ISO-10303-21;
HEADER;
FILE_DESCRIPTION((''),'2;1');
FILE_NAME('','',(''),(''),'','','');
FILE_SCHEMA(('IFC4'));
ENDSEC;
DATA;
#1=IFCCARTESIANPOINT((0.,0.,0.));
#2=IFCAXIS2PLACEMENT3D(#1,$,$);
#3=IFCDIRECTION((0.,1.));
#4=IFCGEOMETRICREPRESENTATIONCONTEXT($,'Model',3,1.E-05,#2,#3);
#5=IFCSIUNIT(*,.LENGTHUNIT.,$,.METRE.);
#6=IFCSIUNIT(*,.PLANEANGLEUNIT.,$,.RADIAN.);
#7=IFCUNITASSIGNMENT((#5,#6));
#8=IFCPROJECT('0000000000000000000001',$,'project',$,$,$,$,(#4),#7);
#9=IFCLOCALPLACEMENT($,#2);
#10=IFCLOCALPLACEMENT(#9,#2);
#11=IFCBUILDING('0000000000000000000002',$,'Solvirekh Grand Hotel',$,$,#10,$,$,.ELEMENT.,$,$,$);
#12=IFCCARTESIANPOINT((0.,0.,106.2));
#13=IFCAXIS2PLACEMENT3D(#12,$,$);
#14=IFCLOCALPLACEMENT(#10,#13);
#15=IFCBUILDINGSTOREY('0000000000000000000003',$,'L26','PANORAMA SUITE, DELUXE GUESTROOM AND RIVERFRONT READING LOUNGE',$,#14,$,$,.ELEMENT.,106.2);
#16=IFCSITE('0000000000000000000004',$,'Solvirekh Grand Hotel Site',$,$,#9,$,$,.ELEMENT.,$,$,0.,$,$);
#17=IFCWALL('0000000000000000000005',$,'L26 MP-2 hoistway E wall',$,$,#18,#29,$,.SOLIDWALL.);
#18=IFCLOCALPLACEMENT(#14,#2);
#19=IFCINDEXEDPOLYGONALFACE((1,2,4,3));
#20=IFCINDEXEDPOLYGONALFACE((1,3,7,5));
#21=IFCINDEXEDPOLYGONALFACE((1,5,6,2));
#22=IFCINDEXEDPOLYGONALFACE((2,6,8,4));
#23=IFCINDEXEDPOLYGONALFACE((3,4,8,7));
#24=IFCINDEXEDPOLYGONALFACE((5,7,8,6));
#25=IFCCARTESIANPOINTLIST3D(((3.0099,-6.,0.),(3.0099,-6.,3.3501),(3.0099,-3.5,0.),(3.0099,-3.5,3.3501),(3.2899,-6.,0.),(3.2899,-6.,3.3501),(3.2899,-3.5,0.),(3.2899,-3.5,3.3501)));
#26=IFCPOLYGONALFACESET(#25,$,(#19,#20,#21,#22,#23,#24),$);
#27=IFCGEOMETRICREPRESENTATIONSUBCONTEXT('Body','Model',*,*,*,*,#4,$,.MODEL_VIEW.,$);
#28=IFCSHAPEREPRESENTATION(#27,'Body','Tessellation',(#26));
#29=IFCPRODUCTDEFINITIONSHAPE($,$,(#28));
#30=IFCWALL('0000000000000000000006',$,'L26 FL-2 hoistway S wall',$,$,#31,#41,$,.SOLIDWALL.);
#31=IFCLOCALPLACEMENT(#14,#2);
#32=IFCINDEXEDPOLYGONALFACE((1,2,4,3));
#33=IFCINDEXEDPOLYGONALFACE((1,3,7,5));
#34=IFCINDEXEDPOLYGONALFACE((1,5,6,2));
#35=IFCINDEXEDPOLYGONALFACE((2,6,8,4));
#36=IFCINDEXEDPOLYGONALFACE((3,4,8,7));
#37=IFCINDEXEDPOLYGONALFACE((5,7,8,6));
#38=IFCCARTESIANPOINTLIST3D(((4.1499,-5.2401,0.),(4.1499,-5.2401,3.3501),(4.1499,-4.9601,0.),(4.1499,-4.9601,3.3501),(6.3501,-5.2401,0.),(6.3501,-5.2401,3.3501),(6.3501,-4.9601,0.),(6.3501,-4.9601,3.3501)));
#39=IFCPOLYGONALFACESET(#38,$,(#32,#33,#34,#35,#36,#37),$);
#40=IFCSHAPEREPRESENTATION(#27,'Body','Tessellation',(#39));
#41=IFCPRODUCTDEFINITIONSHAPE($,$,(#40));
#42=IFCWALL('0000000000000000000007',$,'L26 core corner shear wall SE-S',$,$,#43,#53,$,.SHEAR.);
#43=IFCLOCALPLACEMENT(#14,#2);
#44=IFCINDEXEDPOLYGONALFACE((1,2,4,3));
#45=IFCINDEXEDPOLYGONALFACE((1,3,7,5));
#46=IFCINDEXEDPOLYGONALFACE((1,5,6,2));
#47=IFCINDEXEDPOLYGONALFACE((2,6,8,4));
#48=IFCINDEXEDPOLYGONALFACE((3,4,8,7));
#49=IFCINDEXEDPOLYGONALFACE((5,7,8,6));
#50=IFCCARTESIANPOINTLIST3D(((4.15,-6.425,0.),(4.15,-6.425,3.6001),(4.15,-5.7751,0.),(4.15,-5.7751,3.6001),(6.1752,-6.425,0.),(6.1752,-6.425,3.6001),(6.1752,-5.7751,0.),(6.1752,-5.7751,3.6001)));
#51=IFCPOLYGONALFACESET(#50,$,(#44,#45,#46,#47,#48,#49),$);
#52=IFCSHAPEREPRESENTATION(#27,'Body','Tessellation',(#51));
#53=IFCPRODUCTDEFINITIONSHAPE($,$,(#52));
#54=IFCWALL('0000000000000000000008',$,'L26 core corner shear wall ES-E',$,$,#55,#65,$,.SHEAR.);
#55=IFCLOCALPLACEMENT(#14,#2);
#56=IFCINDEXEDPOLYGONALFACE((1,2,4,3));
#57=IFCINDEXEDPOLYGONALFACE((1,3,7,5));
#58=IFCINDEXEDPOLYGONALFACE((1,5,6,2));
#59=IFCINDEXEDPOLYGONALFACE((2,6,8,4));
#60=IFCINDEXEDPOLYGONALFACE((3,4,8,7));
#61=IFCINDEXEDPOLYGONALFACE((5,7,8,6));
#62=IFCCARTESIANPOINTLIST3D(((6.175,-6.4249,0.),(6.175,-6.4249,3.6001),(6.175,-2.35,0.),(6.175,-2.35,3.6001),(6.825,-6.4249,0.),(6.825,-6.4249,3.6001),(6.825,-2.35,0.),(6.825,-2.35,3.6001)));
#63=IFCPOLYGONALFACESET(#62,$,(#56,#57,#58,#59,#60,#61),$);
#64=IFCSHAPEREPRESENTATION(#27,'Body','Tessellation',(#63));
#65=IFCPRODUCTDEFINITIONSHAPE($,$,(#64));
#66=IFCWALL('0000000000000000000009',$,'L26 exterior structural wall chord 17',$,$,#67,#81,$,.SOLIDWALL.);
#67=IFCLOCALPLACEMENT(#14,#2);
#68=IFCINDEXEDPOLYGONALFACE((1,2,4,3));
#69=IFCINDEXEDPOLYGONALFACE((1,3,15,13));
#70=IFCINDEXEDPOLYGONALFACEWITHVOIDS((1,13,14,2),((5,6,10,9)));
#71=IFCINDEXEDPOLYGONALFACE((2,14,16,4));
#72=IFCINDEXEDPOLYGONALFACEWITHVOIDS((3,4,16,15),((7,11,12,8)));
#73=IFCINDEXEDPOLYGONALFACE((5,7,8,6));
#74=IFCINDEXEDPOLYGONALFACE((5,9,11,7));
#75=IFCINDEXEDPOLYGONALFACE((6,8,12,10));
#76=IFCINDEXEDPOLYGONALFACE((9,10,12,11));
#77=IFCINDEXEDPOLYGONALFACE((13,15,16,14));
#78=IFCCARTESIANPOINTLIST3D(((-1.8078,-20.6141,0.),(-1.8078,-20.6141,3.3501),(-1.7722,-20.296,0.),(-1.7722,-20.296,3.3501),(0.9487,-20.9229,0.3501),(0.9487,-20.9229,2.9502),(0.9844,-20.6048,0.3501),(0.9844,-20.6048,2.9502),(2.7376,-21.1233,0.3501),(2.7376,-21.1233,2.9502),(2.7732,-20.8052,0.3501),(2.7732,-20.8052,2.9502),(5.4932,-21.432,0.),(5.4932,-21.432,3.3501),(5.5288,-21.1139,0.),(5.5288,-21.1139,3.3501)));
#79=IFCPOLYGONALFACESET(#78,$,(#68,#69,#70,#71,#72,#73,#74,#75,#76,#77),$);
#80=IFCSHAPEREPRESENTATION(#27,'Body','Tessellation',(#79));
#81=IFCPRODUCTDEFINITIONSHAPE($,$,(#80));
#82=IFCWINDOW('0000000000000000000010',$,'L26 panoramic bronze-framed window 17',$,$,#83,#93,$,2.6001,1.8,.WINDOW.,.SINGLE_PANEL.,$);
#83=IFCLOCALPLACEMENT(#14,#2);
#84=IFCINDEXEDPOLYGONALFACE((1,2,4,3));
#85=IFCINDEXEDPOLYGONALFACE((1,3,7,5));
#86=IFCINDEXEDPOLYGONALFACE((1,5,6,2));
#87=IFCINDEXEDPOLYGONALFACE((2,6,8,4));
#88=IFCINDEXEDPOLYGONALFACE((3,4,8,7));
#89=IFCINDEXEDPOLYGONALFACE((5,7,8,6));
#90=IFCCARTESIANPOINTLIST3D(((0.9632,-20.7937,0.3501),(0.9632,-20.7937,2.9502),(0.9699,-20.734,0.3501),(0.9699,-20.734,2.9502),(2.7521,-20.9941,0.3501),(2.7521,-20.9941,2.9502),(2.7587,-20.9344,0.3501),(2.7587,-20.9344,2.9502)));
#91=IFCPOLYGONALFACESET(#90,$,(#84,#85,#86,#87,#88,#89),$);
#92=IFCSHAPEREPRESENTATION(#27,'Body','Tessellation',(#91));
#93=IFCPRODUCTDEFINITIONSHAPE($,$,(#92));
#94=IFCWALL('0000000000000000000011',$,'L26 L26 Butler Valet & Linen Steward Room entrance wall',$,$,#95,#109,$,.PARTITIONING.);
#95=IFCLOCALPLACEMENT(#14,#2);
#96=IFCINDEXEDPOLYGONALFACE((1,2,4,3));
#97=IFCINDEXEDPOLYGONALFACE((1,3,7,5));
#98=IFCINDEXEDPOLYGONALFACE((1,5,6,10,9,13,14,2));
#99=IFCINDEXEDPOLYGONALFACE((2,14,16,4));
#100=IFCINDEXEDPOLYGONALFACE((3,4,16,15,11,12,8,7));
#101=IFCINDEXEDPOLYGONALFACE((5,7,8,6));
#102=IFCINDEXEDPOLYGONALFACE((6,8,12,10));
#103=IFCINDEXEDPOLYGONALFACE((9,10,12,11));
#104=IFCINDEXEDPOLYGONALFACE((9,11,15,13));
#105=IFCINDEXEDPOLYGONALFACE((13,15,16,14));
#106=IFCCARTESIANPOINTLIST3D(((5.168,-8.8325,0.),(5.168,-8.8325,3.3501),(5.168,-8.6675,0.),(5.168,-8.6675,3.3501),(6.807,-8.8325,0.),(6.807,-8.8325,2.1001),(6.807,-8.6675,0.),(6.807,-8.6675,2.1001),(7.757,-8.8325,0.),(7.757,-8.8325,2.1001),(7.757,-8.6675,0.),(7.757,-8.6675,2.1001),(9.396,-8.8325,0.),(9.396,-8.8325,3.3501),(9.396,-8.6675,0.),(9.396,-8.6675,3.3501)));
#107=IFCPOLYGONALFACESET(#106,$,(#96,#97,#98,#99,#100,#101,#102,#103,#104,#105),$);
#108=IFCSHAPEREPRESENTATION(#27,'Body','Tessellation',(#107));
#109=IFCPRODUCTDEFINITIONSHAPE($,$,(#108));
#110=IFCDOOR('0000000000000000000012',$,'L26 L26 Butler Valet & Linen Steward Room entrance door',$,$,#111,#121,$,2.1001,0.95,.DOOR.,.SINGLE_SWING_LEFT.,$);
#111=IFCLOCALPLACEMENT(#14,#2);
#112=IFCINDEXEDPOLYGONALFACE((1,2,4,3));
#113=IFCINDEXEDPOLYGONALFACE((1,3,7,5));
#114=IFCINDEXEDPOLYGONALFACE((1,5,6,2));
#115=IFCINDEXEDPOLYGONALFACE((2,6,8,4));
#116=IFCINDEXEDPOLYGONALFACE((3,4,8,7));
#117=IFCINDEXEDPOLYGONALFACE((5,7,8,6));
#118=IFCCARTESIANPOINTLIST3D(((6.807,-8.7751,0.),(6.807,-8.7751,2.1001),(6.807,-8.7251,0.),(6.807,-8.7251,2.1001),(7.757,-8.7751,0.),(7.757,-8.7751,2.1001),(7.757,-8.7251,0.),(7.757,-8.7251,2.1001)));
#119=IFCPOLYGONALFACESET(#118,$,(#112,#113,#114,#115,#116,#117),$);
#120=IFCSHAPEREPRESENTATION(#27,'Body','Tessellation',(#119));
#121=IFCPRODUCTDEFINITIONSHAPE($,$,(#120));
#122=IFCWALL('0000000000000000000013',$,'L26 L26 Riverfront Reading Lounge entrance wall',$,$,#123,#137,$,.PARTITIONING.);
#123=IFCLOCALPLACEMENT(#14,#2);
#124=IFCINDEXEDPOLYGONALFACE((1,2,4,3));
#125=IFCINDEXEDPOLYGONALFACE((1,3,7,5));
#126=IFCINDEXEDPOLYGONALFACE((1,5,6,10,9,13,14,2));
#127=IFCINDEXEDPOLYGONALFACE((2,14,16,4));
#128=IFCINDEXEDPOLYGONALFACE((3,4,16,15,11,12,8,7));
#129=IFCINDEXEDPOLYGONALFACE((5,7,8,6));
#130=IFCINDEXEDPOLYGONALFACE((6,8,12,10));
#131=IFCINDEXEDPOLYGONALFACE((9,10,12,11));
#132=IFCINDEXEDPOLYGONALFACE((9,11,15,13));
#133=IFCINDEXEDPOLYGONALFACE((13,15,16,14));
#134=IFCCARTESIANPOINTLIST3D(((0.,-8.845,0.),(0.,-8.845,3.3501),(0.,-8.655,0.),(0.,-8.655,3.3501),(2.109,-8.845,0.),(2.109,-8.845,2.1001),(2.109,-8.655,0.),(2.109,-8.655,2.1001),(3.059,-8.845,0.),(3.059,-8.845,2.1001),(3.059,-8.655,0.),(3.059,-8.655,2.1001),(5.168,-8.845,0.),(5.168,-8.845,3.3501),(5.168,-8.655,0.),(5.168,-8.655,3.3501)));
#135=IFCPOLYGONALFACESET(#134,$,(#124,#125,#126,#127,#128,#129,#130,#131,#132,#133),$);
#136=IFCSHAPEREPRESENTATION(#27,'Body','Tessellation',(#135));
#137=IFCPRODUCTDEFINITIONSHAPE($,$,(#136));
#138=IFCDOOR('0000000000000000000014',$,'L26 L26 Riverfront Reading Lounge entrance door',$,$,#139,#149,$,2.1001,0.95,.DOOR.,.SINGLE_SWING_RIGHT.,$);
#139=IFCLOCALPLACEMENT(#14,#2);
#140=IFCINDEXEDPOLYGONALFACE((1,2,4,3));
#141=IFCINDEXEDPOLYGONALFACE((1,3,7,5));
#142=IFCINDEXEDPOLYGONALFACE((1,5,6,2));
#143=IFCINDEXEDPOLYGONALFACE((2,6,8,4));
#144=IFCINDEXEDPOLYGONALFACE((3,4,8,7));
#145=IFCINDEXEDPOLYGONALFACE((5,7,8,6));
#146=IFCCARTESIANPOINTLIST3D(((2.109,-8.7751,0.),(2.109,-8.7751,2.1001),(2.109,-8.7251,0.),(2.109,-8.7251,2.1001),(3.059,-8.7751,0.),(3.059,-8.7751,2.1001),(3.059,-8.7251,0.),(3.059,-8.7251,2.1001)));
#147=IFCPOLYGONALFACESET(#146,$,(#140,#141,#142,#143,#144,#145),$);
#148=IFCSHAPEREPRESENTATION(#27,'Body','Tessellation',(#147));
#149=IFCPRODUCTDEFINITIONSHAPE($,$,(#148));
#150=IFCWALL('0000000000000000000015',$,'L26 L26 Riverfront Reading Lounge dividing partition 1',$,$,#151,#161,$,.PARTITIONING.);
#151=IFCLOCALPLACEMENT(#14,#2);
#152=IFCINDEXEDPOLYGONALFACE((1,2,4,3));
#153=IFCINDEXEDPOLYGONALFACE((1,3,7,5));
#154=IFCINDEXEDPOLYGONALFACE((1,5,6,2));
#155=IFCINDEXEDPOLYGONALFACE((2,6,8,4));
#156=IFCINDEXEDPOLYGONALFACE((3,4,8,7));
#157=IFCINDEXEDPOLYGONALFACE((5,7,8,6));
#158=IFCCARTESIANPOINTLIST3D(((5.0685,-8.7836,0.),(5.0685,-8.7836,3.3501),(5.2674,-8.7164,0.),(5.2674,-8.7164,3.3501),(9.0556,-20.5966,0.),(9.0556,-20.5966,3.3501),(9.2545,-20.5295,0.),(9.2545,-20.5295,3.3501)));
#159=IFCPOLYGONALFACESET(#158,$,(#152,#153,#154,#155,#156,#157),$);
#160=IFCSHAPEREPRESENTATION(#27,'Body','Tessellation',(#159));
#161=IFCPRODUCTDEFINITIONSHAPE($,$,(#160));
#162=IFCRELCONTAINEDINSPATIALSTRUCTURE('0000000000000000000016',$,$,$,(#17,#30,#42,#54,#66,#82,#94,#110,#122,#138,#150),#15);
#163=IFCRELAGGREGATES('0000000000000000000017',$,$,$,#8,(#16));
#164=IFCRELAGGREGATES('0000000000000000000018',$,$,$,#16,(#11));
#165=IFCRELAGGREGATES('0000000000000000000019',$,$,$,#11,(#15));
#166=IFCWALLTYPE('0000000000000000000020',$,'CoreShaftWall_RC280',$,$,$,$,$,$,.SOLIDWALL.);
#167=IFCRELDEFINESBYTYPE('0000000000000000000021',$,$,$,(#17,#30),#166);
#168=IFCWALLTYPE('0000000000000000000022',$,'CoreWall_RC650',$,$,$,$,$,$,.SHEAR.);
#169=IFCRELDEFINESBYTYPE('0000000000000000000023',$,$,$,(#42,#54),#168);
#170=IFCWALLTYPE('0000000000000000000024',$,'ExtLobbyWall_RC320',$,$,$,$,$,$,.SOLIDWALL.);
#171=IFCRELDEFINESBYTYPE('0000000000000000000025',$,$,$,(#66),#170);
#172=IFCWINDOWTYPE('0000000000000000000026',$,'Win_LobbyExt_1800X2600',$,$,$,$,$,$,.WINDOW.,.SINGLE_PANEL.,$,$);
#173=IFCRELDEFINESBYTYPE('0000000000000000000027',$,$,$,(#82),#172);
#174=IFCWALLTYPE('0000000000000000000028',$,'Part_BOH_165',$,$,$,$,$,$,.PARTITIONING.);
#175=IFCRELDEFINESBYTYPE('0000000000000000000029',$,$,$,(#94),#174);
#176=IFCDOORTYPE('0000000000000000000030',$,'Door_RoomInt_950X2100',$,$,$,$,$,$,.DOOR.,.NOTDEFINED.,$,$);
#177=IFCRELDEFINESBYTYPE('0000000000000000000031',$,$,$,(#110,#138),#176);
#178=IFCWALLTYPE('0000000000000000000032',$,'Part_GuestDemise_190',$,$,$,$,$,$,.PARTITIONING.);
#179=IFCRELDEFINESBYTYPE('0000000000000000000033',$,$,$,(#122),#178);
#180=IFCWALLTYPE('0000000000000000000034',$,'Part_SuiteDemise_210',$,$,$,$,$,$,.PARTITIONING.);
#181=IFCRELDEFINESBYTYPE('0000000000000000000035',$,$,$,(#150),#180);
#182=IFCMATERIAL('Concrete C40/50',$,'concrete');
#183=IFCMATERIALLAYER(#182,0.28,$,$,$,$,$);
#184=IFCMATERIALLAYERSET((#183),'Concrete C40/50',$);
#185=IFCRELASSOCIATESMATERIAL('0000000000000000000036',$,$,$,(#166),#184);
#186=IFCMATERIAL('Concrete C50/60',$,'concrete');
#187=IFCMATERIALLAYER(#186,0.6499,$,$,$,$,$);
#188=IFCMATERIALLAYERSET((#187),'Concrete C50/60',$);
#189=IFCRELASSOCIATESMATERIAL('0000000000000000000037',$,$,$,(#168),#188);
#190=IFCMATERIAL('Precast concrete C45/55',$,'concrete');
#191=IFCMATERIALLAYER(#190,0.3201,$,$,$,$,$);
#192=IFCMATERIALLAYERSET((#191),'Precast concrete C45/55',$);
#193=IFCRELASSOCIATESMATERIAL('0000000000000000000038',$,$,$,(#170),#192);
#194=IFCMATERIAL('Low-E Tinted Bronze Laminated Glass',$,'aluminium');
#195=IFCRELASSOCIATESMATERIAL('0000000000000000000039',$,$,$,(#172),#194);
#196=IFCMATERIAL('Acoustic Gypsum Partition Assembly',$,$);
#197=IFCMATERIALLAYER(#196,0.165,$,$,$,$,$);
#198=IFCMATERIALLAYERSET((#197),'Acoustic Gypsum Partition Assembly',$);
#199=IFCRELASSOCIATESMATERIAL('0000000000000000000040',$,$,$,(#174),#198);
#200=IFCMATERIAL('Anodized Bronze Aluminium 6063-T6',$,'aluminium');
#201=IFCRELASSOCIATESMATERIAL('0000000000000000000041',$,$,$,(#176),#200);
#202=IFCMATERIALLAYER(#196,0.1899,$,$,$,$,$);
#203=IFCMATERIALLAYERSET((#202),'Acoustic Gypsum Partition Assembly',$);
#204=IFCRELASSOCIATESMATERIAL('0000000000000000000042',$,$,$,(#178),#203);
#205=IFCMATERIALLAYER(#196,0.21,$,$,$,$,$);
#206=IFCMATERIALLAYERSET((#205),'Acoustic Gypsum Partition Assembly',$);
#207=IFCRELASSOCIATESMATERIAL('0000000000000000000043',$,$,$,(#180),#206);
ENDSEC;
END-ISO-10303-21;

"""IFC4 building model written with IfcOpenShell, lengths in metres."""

from ifc_helpers import new_model, si_unit, direction, frame, frame_2d, origin, place, context, subcontext, project, spatial, rectangle, extrude, material, layer, layer_set, type_object, element, fill, save


model = new_model("IFC4")

# Units and contexts
model_context = context("Model", 3, precision=1e-05, world=origin(), true_north=direction((0.0, 1.0)))
body_context = subcontext(model_context, "Body", "Model", "MODEL_VIEW")
ifc_project = project(units=[si_unit("LENGTHUNIT", "METRE"), si_unit("PLANEANGLEUNIT", "RADIAN")], contexts=[model_context])

# Site, building, storey
site_placement = place(None, origin())
site = spatial("IfcSite", under=ifc_project, at=site_placement, Name="Solvirekh Grand Hotel Site", CompositionType="ELEMENT", RefElevation=0.0)
building_placement = place(site_placement, origin())
building = spatial("IfcBuilding", under=site, at=building_placement, Name="Solvirekh Grand Hotel", CompositionType="ELEMENT")
storey_placement = place(building_placement, frame((0.0, 0.0, 106.2)))
storey = spatial("IfcBuildingStorey", under=building, at=storey_placement, Name="L26", Description="PANORAMA SUITE, DELUXE GUESTROOM AND RIVERFRONT READING LOUNGE", CompositionType="ELEMENT", Elevation=106.2)

# Shared definitions
ifc_material_1 = material(Name="Concrete C50/60", Category="concrete")

# Shared definitions
ifc_material_2 = material(Name="Anodized Bronze Aluminium 6063-T6", Category="aluminium")

# Shared definitions
ifc_material_3 = material(Name="Concrete C40/50", Category="concrete")
ifc_layer_1 = layer(ifc_material_3, 0.28)
ifc_layer_set_1 = layer_set([ifc_layer_1], Name="Concrete C40/50")
wall_type_1 = type_object("IfcWallType", Name="CoreShaftWall_RC280", PredefinedType="SOLIDWALL", material=ifc_layer_set_1)

# Walls
wall_1_placement = place(storey_placement, frame((3.1499, -6.0, 0.0), z_axis=(0.0, 0.0, 1.0), x_axis=(0.0, 1.0, 0.0)))
element("IfcWall", 1, at=wall_1_placement, inside=storey, type_object=wall_type_1, Name="L26 MP-2 hoistway E wall", PredefinedType="SOLIDWALL", context=body_context, shape_type="SweptSolid", body=[
    extrude(rectangle(XDim=2.5, YDim=0.28, at=frame_2d((1.25, 0.0))), origin(), (0.0, 0.0, 1.0), 3.3501),
])
wall_2_placement = place(storey_placement, frame((4.1499, -5.1001, 0.0), z_axis=(0.0, 0.0, 1.0), x_axis=(1.0, 0.0, 0.0)))
element("IfcWall", 2, at=wall_2_placement, inside=storey, type_object=wall_type_1, Name="L26 FL-2 hoistway S wall", PredefinedType="SOLIDWALL", context=body_context, shape_type="SweptSolid", body=[
    extrude(rectangle(XDim=2.2002, YDim=0.28, at=frame_2d((1.1001, 0.0))), origin(), (0.0, 0.0, 1.0), 3.3501),
])
ifc_layer_2 = layer(ifc_material_1, 0.6499)
ifc_layer_set_2 = layer_set([ifc_layer_2], Name="Concrete C50/60")
wall_type_2 = type_object("IfcWallType", Name="CoreWall_RC650", PredefinedType="SHEAR", material=ifc_layer_set_2)
wall_3_placement = place(storey_placement, frame((4.1499, -6.1001, 0.0), z_axis=(0.0, 0.0, 1.0), x_axis=(1.0, 0.0, 0.0)))
element("IfcWall", 3, at=wall_3_placement, inside=storey, type_object=wall_type_2, Name="L26 core corner shear wall SE-S", PredefinedType="SHEAR", context=body_context, shape_type="SweptSolid", body=[
    extrude(rectangle(XDim=2.0251, YDim=0.6499, at=frame_2d((1.0127, 0.0))), origin(), (0.0, 0.0, 1.0), 3.6001),
])
wall_4_placement = place(storey_placement, frame((6.5, -6.425, 0.0), z_axis=(0.0, 0.0, 1.0), x_axis=(0.0, 1.0, 0.0)))
element("IfcWall", 4, at=wall_4_placement, inside=storey, type_object=wall_type_2, Name="L26 core corner shear wall ES-E", PredefinedType="SHEAR", context=body_context, shape_type="SweptSolid", body=[
    extrude(rectangle(XDim=4.075, YDim=0.6499, at=frame_2d((2.0376, 0.0))), origin(), (0.0, 0.0, 1.0), 3.6001),
])

# Wall, opening, window
ifc_material_4 = material(Name="Precast concrete C45/55", Category="concrete")
ifc_layer_3 = layer(ifc_material_4, 0.3201)
ifc_layer_set_3 = layer_set([ifc_layer_3], Name="Precast concrete C45/55")
wall_type_3 = type_object("IfcWallType", Name="ExtLobbyWall_RC320", PredefinedType="SOLIDWALL", material=ifc_layer_set_3)
wall_5_placement = place(storey_placement, frame((5.511, -21.2729, 0.0), z_axis=(0.0, 0.0, 1.0), x_axis=(-0.993784, 0.111325, 0.0)))
wall_5 = element("IfcWall", 5, at=wall_5_placement, inside=storey, type_object=wall_type_3, Name="L26 exterior structural wall chord 17", PredefinedType="SOLIDWALL", context=body_context, shape_type="SweptSolid", body=[
    extrude(rectangle(XDim=7.3467, YDim=0.3201, at=frame_2d((3.6733, 0.0))), origin(), (0.0, 0.0, 1.0), 3.3501),
])
opening_1_placement = place(wall_5_placement, frame((2.7729, 0.0, 0.3501)))
opening_1 = element("IfcOpeningElement", 6, at=opening_1_placement, cuts=wall_5, PredefinedType="OPENING", context=body_context, shape_type="SweptSolid", body=[
    extrude(rectangle(XDim=1.8, YDim=2.6001, at=frame_2d((0.8999, 1.3))), frame((0.0, 0.1699, 0.0), z_axis=(0.0, -1.0, 0.0), x_axis=(1.0, 0.0, 0.0)), (0.0, 0.0, 1.0), 0.3401),
])
ifc_material_5 = material(Name="Low-E Tinted Bronze Laminated Glass", Category="aluminium")
window_type = type_object("IfcWindowType", Name="Win_LobbyExt_1800X2600", PartitioningType="SINGLE_PANEL", PredefinedType="WINDOW", material=ifc_material_5)
window_placement = place(opening_1_placement, origin())
window = element("IfcWindow", 7, at=window_placement, inside=storey, type_object=window_type, Name="L26 panoramic bronze-framed window 17", OverallHeight=2.6001, OverallWidth=1.8, PartitioningType="SINGLE_PANEL", PredefinedType="WINDOW", context=body_context, shape_type="SweptSolid", body=[
    extrude(rectangle(XDim=1.8, YDim=2.6001, at=frame_2d((0.8999, 1.3))), frame((0.0, 0.03, 0.0), z_axis=(0.0, -1.0, 0.0), x_axis=(1.0, 0.0, 0.0)), (0.0, 0.0, 1.0), 0.0601),
])
fill(opening_1, window)

# Walls, openings, doors
ifc_material_6 = material(Name="Acoustic Gypsum Partition Assembly")
ifc_layer_4 = layer(ifc_material_6, 0.165)
ifc_layer_set_4 = layer_set([ifc_layer_4], Name="Acoustic Gypsum Partition Assembly")
wall_type_4 = type_object("IfcWallType", Name="Part_BOH_165", PredefinedType="PARTITIONING", material=ifc_layer_set_4)
wall_6_placement = place(storey_placement, frame((5.168, -8.75, 0.0), z_axis=(0.0, 0.0, 1.0), x_axis=(1.0, 0.0, 0.0)))
wall_6 = element("IfcWall", 8, at=wall_6_placement, inside=storey, type_object=wall_type_4, Name="L26 L26 Butler Valet & Linen Steward Room entrance wall", PredefinedType="PARTITIONING", context=body_context, shape_type="SweptSolid", body=[
    extrude(rectangle(XDim=4.228, YDim=0.165, at=frame_2d((2.114, 0.0))), origin(), (0.0, 0.0, 1.0), 3.3501),
])
opening_2_placement = place(wall_6_placement, frame((1.6389, 0.0, 0.0)))
opening_2 = element("IfcOpeningElement", 9, at=opening_2_placement, cuts=wall_6, PredefinedType="OPENING", context=body_context, shape_type="SweptSolid", body=[
    extrude(rectangle(XDim=0.95, YDim=2.1001, at=frame_2d((0.4751, 1.05))), frame((0.0, 0.0925, 0.0), z_axis=(0.0, -1.0, 0.0), x_axis=(1.0, 0.0, 0.0)), (0.0, 0.0, 1.0), 0.1851),
])
door_type_1 = type_object("IfcDoorType", Name="Door_RoomInt_950X2100", OperationType="NOTDEFINED", PredefinedType="DOOR", material=ifc_material_2)
door_1_placement = place(opening_2_placement, origin())
door_1 = element("IfcDoor", 10, at=door_1_placement, inside=storey, type_object=door_type_1, Name="L26 L26 Butler Valet & Linen Steward Room entrance door", OperationType="SINGLE_SWING_LEFT", OverallHeight=2.1001, OverallWidth=0.95, PredefinedType="DOOR", context=body_context, shape_type="SweptSolid", body=[
    extrude(rectangle(XDim=0.95, YDim=2.1001, at=frame_2d((0.4751, 1.05))), frame((0.0, 0.0249, 0.0), z_axis=(0.0, -1.0, 0.0), x_axis=(1.0, 0.0, 0.0)), (0.0, 0.0, 1.0), 0.05),
])
fill(opening_2, door_1)
ifc_layer_5 = layer(ifc_material_6, 0.1899)
ifc_layer_set_5 = layer_set([ifc_layer_5], Name="Acoustic Gypsum Partition Assembly")
wall_type_5 = type_object("IfcWallType", Name="Part_GuestDemise_190", PredefinedType="PARTITIONING", material=ifc_layer_set_5)
wall_7_placement = place(storey_placement, frame((0.0, -8.75, 0.0), z_axis=(0.0, 0.0, 1.0), x_axis=(1.0, 0.0, 0.0)))
wall_7 = element("IfcWall", 11, at=wall_7_placement, inside=storey, type_object=wall_type_5, Name="L26 L26 Riverfront Reading Lounge entrance wall", PredefinedType="PARTITIONING", context=body_context, shape_type="SweptSolid", body=[
    extrude(rectangle(XDim=5.168, YDim=0.1899, at=frame_2d((2.584, 0.0))), origin(), (0.0, 0.0, 1.0), 3.3501),
])
opening_3_placement = place(wall_7_placement, frame((2.1089, 0.0, 0.0)))
opening_3 = element("IfcOpeningElement", 12, at=opening_3_placement, cuts=wall_7, PredefinedType="OPENING", context=body_context, shape_type="SweptSolid", body=[
    extrude(rectangle(XDim=0.95, YDim=2.1001, at=frame_2d((0.4751, 1.05))), frame((0.0, 0.105, 0.0), z_axis=(0.0, -1.0, 0.0), x_axis=(1.0, 0.0, 0.0)), (0.0, 0.0, 1.0), 0.21),
])
door_2_placement = place(opening_3_placement, origin())
door_2 = element("IfcDoor", 13, at=door_2_placement, inside=storey, type_object=door_type_1, Name="L26 L26 Riverfront Reading Lounge entrance door", OperationType="SINGLE_SWING_RIGHT", OverallHeight=2.1001, OverallWidth=0.95, PredefinedType="DOOR", context=body_context, shape_type="SweptSolid", body=[
    extrude(rectangle(XDim=0.95, YDim=2.1001, at=frame_2d((0.4751, 1.05))), frame((0.0, 0.0249, 0.0), z_axis=(0.0, -1.0, 0.0), x_axis=(1.0, 0.0, 0.0)), (0.0, 0.0, 1.0), 0.05),
])
fill(opening_3, door_2)

# Wall
ifc_layer_6 = layer(ifc_material_6, 0.21)
ifc_layer_set_6 = layer_set([ifc_layer_6], Name="Acoustic Gypsum Partition Assembly")
wall_type_6 = type_object("IfcWallType", Name="Part_SuiteDemise_210", PredefinedType="PARTITIONING", material=ifc_layer_set_6)
wall_8_placement = place(storey_placement, frame((5.168, -8.75, 0.0), z_axis=(0.0, 0.0, 1.0), x_axis=(0.319791, -0.947488, 0.0)))
element("IfcWall", 14, at=wall_8_placement, inside=storey, type_object=wall_type_6, Name="L26 L26 Riverfront Reading Lounge dividing partition 1", PredefinedType="PARTITIONING", context=body_context, shape_type="SweptSolid", body=[
    extrude(rectangle(XDim=12.4678, YDim=0.21, at=frame_2d((6.2339, 0.0))), origin(), (0.0, 0.0, 1.0), 3.3501),
])

save(model, "model.ifc")
